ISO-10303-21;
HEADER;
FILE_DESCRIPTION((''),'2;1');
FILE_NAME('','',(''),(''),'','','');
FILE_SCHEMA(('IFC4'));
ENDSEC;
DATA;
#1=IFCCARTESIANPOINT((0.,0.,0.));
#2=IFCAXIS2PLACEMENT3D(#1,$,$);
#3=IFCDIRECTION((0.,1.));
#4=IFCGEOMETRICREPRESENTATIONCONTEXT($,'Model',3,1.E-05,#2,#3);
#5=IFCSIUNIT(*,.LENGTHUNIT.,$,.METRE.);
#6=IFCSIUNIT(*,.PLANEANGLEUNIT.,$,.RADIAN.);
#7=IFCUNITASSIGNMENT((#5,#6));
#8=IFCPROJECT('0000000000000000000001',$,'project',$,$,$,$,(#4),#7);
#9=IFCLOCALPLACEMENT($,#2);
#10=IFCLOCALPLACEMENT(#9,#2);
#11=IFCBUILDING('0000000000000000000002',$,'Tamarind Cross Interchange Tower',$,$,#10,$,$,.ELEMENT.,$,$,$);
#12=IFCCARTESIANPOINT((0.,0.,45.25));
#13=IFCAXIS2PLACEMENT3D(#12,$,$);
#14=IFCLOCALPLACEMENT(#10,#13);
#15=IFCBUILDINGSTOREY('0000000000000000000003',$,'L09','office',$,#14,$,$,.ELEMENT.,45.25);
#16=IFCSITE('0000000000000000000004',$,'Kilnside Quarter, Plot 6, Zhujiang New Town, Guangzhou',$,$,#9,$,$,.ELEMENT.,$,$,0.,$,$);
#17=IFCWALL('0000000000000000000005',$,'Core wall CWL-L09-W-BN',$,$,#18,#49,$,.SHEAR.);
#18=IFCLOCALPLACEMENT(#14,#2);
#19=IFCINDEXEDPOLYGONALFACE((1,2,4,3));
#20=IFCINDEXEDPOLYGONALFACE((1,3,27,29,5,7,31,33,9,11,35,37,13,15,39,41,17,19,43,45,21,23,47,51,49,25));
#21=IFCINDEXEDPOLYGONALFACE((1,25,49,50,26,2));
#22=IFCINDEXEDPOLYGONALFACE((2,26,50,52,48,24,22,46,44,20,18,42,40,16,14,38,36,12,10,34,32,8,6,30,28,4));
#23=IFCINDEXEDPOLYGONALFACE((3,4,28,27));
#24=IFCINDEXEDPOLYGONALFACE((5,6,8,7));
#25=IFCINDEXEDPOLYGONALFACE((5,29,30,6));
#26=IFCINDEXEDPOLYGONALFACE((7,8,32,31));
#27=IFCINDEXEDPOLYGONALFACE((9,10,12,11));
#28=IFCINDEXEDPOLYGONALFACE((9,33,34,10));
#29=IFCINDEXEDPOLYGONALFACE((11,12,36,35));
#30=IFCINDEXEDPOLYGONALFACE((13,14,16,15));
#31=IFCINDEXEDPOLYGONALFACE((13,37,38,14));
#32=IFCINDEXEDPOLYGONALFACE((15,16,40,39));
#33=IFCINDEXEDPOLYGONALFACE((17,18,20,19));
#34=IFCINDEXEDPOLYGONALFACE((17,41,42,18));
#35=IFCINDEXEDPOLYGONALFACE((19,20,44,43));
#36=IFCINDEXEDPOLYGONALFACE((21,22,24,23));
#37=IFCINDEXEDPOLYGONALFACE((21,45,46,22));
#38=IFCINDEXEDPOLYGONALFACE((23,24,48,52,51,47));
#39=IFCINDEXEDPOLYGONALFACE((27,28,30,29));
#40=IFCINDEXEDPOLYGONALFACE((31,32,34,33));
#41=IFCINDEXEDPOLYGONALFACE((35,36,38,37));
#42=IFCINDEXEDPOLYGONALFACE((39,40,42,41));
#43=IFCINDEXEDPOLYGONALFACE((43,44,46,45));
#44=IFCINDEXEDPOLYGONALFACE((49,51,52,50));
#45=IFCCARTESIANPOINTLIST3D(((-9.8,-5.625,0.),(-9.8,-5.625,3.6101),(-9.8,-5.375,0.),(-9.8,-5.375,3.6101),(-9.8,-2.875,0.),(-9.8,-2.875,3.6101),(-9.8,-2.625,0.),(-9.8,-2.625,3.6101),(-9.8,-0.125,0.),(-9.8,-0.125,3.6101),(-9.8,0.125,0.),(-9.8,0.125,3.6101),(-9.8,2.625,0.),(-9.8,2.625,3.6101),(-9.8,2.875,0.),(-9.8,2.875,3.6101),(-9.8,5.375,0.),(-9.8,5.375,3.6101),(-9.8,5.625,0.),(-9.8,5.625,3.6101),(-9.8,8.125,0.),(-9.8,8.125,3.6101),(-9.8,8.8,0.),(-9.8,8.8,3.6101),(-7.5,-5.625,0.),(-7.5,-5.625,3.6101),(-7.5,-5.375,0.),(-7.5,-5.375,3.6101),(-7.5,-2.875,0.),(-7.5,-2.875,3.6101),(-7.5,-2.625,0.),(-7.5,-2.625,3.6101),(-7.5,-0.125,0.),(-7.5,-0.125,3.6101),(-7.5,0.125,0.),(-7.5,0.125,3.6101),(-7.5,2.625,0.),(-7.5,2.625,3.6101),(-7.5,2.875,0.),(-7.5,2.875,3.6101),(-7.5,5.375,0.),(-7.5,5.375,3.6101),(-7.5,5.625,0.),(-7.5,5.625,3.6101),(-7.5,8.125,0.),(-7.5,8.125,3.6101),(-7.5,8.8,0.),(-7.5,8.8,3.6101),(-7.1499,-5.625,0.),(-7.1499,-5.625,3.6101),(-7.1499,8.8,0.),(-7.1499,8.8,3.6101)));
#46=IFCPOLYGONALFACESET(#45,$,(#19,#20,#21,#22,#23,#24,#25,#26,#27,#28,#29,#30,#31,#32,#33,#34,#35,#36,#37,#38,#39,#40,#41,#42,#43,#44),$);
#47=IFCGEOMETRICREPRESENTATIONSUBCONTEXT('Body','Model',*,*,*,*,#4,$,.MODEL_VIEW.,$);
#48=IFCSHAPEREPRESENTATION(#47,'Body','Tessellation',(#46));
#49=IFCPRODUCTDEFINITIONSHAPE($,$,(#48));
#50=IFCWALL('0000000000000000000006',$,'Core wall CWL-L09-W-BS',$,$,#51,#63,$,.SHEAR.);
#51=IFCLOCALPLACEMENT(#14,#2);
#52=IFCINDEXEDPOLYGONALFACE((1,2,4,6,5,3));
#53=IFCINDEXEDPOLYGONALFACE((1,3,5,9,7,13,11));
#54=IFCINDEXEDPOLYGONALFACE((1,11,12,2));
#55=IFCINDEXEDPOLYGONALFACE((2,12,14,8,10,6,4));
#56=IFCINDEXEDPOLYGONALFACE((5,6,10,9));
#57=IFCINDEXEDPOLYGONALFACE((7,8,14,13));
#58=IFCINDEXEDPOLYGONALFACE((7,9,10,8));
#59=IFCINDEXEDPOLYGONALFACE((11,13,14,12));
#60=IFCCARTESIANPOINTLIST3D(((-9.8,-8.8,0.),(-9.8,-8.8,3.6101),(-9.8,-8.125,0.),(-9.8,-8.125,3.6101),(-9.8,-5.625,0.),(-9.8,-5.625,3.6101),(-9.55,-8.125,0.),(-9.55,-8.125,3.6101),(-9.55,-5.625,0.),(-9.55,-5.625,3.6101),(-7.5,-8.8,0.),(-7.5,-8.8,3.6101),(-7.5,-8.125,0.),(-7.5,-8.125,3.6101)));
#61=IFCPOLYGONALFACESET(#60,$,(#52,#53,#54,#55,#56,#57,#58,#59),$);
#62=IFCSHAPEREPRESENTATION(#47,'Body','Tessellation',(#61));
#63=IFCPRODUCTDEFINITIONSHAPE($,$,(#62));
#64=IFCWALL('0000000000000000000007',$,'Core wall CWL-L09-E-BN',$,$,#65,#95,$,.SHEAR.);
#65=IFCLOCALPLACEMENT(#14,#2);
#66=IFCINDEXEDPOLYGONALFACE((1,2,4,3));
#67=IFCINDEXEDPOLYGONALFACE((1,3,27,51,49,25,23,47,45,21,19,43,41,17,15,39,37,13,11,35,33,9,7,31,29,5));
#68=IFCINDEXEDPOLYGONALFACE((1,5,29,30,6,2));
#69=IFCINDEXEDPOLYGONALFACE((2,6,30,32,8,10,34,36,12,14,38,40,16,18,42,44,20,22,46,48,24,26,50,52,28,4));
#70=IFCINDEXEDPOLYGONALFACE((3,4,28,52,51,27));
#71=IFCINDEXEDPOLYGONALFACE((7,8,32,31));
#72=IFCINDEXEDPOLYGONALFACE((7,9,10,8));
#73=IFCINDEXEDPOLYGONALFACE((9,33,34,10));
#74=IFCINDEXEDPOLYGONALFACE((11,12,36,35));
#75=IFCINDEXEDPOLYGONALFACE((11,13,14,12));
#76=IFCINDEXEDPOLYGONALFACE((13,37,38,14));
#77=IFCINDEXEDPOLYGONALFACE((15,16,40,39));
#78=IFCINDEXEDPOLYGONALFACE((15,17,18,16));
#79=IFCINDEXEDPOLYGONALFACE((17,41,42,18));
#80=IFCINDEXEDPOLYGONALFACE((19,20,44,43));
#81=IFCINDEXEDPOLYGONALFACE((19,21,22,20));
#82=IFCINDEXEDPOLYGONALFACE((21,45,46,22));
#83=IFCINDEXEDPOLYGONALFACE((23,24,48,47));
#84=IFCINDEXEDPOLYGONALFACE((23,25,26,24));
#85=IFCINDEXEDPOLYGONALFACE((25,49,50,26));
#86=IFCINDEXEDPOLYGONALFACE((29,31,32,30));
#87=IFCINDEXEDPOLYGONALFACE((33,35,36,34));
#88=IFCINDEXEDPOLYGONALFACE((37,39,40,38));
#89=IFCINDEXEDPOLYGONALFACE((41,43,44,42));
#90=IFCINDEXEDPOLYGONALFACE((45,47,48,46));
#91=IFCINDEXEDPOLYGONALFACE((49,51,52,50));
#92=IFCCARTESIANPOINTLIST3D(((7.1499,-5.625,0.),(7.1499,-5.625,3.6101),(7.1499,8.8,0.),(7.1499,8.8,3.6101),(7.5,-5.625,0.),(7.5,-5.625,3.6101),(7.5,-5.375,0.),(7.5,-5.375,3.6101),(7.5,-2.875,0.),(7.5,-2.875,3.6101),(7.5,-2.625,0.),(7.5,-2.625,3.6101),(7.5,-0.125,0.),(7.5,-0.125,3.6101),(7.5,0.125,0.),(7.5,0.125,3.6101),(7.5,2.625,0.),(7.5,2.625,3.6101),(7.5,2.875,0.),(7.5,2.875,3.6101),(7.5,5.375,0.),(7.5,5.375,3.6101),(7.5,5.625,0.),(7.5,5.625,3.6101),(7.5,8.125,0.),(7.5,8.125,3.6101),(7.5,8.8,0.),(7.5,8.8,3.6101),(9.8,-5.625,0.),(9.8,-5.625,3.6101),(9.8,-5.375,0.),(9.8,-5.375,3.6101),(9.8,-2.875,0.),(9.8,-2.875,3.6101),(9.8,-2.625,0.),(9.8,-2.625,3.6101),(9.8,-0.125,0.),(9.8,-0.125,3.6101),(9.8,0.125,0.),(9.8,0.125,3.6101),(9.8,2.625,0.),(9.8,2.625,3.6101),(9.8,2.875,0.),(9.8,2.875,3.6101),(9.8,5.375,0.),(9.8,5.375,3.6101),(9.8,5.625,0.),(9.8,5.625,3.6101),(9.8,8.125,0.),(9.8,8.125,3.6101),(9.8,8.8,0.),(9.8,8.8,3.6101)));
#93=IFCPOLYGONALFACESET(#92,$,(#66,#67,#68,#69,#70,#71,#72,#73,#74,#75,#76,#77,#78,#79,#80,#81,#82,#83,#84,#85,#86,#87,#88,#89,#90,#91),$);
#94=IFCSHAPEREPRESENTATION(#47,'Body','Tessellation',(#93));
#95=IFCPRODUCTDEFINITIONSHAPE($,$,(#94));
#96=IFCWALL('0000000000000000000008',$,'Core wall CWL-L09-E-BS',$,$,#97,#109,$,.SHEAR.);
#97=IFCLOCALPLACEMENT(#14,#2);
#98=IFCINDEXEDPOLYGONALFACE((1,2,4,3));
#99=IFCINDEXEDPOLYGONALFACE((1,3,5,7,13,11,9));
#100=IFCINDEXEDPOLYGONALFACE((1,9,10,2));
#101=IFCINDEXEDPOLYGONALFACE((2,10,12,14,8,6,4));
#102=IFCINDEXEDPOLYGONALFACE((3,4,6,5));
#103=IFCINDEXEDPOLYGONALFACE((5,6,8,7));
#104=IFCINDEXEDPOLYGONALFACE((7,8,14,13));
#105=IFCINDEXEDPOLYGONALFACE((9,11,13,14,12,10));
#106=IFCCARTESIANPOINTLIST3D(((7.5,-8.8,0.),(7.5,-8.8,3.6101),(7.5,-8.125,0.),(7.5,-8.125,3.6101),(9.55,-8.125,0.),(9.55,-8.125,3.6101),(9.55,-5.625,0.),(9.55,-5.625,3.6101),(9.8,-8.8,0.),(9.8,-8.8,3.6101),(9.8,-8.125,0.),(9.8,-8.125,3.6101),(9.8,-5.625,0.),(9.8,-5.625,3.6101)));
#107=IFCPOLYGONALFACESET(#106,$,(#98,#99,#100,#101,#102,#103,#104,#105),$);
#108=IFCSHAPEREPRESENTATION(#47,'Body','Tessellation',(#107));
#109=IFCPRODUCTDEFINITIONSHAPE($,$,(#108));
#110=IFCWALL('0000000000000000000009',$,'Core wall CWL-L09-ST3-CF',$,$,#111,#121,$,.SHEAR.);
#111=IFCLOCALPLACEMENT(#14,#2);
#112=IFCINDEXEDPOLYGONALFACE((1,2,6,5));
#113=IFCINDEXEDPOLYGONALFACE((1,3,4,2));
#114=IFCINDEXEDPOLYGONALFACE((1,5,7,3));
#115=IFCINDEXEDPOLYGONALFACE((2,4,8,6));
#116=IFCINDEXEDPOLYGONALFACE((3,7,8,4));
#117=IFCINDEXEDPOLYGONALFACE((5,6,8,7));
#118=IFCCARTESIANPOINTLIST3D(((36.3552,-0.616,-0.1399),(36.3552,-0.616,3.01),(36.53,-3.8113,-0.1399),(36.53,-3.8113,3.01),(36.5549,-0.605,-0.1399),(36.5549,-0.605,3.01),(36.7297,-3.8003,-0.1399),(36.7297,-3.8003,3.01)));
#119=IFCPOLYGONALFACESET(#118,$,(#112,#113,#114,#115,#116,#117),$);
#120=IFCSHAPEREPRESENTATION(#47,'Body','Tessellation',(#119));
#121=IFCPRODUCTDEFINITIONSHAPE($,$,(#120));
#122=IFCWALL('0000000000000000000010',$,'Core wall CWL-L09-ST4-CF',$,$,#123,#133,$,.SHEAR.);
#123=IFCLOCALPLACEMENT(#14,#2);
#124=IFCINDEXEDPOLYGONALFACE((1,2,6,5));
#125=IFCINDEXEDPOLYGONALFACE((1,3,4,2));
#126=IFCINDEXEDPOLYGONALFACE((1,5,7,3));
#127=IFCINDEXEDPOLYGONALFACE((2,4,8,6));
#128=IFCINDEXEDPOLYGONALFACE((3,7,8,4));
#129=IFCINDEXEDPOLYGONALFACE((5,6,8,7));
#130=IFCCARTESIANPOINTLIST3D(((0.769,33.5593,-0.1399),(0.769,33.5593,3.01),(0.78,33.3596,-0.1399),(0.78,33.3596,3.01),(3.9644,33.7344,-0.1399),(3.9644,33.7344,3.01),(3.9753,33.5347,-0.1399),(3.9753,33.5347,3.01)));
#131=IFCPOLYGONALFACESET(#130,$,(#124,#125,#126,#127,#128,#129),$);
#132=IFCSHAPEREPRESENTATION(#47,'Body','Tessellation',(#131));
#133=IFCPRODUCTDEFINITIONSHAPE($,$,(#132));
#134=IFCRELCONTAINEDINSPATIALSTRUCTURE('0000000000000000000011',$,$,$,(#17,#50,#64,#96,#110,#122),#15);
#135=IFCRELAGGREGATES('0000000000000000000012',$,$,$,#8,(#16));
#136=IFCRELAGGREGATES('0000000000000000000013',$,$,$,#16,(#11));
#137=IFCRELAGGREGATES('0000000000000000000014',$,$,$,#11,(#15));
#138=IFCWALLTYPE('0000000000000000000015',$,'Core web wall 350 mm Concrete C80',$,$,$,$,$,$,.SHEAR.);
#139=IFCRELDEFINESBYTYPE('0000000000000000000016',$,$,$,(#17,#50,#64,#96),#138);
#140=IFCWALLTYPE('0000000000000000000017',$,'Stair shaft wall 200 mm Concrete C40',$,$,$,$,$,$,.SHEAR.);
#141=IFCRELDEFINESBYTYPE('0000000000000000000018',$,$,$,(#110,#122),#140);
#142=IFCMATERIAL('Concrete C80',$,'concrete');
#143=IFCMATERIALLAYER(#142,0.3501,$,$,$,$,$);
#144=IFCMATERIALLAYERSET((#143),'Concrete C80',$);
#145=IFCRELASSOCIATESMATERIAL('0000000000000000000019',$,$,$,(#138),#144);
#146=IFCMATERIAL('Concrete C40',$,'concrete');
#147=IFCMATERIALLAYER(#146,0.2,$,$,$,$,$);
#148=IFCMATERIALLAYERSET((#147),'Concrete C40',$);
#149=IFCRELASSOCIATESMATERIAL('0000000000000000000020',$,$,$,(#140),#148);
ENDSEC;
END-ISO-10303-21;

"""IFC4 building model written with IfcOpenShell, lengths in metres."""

from ifc_helpers import new_model, si_unit, direction, frame, origin, place, context, subcontext, project, spatial, polyline, outline, extrude, material, layer, layer_set, type_object, element, save


model = new_model("IFC4")

# Units and contexts
model_context = context("Model", 3, precision=1e-05, world=origin(), true_north=direction((0.0, 1.0)))
body_context = subcontext(model_context, "Body", "Model", "MODEL_VIEW")
ifc_project = project(units=[si_unit("LENGTHUNIT", "METRE"), si_unit("PLANEANGLEUNIT", "RADIAN")], contexts=[model_context])

# Site, building, storey
site_placement = place(None, origin())
site = spatial("IfcSite", under=ifc_project, at=site_placement, Name="Kilnside Quarter, Plot 6, Zhujiang New Town, Guangzhou", CompositionType="ELEMENT", RefElevation=0.0)
building_placement = place(site_placement, origin())
building = spatial("IfcBuilding", under=site, at=building_placement, Name="Tamarind Cross Interchange Tower", CompositionType="ELEMENT")
storey_placement = place(building_placement, frame((0.0, 0.0, 45.25)))
storey = spatial("IfcBuildingStorey", under=building, at=storey_placement, Name="L09", Description="office", CompositionType="ELEMENT", Elevation=45.25)

# Shared definitions
ifc_material_1 = material(Name="Concrete C40", Category="concrete")

# Walls
ifc_material_2 = material(Name="Concrete C80", Category="concrete")
ifc_layer_1 = layer(ifc_material_2, 0.3501)
ifc_layer_set_1 = layer_set([ifc_layer_1], Name="Concrete C80")
wall_type_1 = type_object("IfcWallType", Name="Core web wall 350 mm Concrete C80", PredefinedType="SHEAR", material=ifc_layer_set_1)
wall_1_placement = place(storey_placement, origin())
element("IfcWall", 1, at=wall_1_placement, inside=storey, type_object=wall_type_1, Name="Core wall CWL-L09-W-BN", PredefinedType="SHEAR", context=body_context, shape_type="SweptSolid", body=[
    extrude(outline(polyline([(-9.8, -5.375), (-9.8, -5.625), (-7.5, -5.625), (-7.1499, -5.625), (-7.1499, 8.8), (-7.5, 8.8), (-9.8, 8.8), (-9.8, 8.125), (-7.5, 8.125), (-7.5, 5.625), (-9.8, 5.625), (-9.8, 5.375), (-7.5, 5.375), (-7.5, 2.875), (-9.8, 2.875), (-9.8, 2.625), (-7.5, 2.625), (-7.5, 0.125), (-9.8, 0.125), (-9.8, -0.125), (-7.5, -0.125), (-7.5, -2.625), (-9.8, -2.625), (-9.8, -2.875), (-7.5, -2.875), (-7.5, -5.375), (-9.8, -5.375)])), origin(), (0.0, 0.0, 1.0), 3.6101),
])
wall_2_placement = place(storey_placement, origin())
element("IfcWall", 2, at=wall_2_placement, inside=storey, type_object=wall_type_1, Name="Core wall CWL-L09-W-BS", PredefinedType="SHEAR", context=body_context, shape_type="SweptSolid", body=[
    extrude(outline(polyline([(-7.5, -8.125), (-9.55, -8.125), (-9.55, -5.625), (-9.8, -5.625), (-9.8, -8.125), (-9.8, -8.8), (-7.5, -8.8), (-7.5, -8.125)])), origin(), (0.0, 0.0, 1.0), 3.6101),
])
wall_3_placement = place(storey_placement, origin())
element("IfcWall", 3, at=wall_3_placement, inside=storey, type_object=wall_type_1, Name="Core wall CWL-L09-E-BN", PredefinedType="SHEAR", context=body_context, shape_type="SweptSolid", body=[
    extrude(outline(polyline([(9.8, -5.375), (7.5, -5.375), (7.5, -2.875), (9.8, -2.875), (9.8, -2.625), (7.5, -2.625), (7.5, -0.125), (9.8, -0.125), (9.8, 0.125), (7.5, 0.125), (7.5, 2.625), (9.8, 2.625), (9.8, 2.875), (7.5, 2.875), (7.5, 5.375), (9.8, 5.375), (9.8, 5.625), (7.5, 5.625), (7.5, 8.125), (9.8, 8.125), (9.8, 8.8), (7.5, 8.8), (7.1499, 8.8), (7.1499, -5.625), (7.5, -5.625), (9.8, -5.625), (9.8, -5.375)])), origin(), (0.0, 0.0, 1.0), 3.6101),
])
wall_4_placement = place(storey_placement, origin())
element("IfcWall", 4, at=wall_4_placement, inside=storey, type_object=wall_type_1, Name="Core wall CWL-L09-E-BS", PredefinedType="SHEAR", context=body_context, shape_type="SweptSolid", body=[
    extrude(outline(polyline([(7.5, -8.125), (7.5, -8.8), (9.8, -8.8), (9.8, -8.125), (9.8, -5.625), (9.55, -5.625), (9.55, -8.125), (7.5, -8.125)])), origin(), (0.0, 0.0, 1.0), 3.6101),
])
ifc_layer_2 = layer(ifc_material_1, 0.2)
ifc_layer_set_2 = layer_set([ifc_layer_2], Name="Concrete C40")
wall_type_2 = type_object("IfcWallType", Name="Stair shaft wall 200 mm Concrete C40", PredefinedType="SHEAR", material=ifc_layer_set_2)
wall_5_placement = place(storey_placement, frame((0.0, 0.0, -0.1399)))
element("IfcWall", 5, at=wall_5_placement, inside=storey, type_object=wall_type_2, Name="Core wall CWL-L09-ST3-CF", PredefinedType="SHEAR", context=body_context, shape_type="SweptSolid", body=[
    extrude(outline(polyline([(36.53, -3.8113), (36.7297, -3.8003), (36.5549, -0.605), (36.3552, -0.616), (36.53, -3.8113)])), origin(), (0.0, 0.0, 1.0), 3.1499),
])
wall_6_placement = place(storey_placement, frame((0.0, 0.0, -0.1399)))
element("IfcWall", 6, at=wall_6_placement, inside=storey, type_object=wall_type_2, Name="Core wall CWL-L09-ST4-CF", PredefinedType="SHEAR", context=body_context, shape_type="SweptSolid", body=[
    extrude(outline(polyline([(3.9753, 33.5347), (3.9644, 33.7344), (0.769, 33.5593), (0.78, 33.3596), (3.9753, 33.5347)])), origin(), (0.0, 0.0, 1.0), 3.1499),
])

save(model, "model.ifc")
